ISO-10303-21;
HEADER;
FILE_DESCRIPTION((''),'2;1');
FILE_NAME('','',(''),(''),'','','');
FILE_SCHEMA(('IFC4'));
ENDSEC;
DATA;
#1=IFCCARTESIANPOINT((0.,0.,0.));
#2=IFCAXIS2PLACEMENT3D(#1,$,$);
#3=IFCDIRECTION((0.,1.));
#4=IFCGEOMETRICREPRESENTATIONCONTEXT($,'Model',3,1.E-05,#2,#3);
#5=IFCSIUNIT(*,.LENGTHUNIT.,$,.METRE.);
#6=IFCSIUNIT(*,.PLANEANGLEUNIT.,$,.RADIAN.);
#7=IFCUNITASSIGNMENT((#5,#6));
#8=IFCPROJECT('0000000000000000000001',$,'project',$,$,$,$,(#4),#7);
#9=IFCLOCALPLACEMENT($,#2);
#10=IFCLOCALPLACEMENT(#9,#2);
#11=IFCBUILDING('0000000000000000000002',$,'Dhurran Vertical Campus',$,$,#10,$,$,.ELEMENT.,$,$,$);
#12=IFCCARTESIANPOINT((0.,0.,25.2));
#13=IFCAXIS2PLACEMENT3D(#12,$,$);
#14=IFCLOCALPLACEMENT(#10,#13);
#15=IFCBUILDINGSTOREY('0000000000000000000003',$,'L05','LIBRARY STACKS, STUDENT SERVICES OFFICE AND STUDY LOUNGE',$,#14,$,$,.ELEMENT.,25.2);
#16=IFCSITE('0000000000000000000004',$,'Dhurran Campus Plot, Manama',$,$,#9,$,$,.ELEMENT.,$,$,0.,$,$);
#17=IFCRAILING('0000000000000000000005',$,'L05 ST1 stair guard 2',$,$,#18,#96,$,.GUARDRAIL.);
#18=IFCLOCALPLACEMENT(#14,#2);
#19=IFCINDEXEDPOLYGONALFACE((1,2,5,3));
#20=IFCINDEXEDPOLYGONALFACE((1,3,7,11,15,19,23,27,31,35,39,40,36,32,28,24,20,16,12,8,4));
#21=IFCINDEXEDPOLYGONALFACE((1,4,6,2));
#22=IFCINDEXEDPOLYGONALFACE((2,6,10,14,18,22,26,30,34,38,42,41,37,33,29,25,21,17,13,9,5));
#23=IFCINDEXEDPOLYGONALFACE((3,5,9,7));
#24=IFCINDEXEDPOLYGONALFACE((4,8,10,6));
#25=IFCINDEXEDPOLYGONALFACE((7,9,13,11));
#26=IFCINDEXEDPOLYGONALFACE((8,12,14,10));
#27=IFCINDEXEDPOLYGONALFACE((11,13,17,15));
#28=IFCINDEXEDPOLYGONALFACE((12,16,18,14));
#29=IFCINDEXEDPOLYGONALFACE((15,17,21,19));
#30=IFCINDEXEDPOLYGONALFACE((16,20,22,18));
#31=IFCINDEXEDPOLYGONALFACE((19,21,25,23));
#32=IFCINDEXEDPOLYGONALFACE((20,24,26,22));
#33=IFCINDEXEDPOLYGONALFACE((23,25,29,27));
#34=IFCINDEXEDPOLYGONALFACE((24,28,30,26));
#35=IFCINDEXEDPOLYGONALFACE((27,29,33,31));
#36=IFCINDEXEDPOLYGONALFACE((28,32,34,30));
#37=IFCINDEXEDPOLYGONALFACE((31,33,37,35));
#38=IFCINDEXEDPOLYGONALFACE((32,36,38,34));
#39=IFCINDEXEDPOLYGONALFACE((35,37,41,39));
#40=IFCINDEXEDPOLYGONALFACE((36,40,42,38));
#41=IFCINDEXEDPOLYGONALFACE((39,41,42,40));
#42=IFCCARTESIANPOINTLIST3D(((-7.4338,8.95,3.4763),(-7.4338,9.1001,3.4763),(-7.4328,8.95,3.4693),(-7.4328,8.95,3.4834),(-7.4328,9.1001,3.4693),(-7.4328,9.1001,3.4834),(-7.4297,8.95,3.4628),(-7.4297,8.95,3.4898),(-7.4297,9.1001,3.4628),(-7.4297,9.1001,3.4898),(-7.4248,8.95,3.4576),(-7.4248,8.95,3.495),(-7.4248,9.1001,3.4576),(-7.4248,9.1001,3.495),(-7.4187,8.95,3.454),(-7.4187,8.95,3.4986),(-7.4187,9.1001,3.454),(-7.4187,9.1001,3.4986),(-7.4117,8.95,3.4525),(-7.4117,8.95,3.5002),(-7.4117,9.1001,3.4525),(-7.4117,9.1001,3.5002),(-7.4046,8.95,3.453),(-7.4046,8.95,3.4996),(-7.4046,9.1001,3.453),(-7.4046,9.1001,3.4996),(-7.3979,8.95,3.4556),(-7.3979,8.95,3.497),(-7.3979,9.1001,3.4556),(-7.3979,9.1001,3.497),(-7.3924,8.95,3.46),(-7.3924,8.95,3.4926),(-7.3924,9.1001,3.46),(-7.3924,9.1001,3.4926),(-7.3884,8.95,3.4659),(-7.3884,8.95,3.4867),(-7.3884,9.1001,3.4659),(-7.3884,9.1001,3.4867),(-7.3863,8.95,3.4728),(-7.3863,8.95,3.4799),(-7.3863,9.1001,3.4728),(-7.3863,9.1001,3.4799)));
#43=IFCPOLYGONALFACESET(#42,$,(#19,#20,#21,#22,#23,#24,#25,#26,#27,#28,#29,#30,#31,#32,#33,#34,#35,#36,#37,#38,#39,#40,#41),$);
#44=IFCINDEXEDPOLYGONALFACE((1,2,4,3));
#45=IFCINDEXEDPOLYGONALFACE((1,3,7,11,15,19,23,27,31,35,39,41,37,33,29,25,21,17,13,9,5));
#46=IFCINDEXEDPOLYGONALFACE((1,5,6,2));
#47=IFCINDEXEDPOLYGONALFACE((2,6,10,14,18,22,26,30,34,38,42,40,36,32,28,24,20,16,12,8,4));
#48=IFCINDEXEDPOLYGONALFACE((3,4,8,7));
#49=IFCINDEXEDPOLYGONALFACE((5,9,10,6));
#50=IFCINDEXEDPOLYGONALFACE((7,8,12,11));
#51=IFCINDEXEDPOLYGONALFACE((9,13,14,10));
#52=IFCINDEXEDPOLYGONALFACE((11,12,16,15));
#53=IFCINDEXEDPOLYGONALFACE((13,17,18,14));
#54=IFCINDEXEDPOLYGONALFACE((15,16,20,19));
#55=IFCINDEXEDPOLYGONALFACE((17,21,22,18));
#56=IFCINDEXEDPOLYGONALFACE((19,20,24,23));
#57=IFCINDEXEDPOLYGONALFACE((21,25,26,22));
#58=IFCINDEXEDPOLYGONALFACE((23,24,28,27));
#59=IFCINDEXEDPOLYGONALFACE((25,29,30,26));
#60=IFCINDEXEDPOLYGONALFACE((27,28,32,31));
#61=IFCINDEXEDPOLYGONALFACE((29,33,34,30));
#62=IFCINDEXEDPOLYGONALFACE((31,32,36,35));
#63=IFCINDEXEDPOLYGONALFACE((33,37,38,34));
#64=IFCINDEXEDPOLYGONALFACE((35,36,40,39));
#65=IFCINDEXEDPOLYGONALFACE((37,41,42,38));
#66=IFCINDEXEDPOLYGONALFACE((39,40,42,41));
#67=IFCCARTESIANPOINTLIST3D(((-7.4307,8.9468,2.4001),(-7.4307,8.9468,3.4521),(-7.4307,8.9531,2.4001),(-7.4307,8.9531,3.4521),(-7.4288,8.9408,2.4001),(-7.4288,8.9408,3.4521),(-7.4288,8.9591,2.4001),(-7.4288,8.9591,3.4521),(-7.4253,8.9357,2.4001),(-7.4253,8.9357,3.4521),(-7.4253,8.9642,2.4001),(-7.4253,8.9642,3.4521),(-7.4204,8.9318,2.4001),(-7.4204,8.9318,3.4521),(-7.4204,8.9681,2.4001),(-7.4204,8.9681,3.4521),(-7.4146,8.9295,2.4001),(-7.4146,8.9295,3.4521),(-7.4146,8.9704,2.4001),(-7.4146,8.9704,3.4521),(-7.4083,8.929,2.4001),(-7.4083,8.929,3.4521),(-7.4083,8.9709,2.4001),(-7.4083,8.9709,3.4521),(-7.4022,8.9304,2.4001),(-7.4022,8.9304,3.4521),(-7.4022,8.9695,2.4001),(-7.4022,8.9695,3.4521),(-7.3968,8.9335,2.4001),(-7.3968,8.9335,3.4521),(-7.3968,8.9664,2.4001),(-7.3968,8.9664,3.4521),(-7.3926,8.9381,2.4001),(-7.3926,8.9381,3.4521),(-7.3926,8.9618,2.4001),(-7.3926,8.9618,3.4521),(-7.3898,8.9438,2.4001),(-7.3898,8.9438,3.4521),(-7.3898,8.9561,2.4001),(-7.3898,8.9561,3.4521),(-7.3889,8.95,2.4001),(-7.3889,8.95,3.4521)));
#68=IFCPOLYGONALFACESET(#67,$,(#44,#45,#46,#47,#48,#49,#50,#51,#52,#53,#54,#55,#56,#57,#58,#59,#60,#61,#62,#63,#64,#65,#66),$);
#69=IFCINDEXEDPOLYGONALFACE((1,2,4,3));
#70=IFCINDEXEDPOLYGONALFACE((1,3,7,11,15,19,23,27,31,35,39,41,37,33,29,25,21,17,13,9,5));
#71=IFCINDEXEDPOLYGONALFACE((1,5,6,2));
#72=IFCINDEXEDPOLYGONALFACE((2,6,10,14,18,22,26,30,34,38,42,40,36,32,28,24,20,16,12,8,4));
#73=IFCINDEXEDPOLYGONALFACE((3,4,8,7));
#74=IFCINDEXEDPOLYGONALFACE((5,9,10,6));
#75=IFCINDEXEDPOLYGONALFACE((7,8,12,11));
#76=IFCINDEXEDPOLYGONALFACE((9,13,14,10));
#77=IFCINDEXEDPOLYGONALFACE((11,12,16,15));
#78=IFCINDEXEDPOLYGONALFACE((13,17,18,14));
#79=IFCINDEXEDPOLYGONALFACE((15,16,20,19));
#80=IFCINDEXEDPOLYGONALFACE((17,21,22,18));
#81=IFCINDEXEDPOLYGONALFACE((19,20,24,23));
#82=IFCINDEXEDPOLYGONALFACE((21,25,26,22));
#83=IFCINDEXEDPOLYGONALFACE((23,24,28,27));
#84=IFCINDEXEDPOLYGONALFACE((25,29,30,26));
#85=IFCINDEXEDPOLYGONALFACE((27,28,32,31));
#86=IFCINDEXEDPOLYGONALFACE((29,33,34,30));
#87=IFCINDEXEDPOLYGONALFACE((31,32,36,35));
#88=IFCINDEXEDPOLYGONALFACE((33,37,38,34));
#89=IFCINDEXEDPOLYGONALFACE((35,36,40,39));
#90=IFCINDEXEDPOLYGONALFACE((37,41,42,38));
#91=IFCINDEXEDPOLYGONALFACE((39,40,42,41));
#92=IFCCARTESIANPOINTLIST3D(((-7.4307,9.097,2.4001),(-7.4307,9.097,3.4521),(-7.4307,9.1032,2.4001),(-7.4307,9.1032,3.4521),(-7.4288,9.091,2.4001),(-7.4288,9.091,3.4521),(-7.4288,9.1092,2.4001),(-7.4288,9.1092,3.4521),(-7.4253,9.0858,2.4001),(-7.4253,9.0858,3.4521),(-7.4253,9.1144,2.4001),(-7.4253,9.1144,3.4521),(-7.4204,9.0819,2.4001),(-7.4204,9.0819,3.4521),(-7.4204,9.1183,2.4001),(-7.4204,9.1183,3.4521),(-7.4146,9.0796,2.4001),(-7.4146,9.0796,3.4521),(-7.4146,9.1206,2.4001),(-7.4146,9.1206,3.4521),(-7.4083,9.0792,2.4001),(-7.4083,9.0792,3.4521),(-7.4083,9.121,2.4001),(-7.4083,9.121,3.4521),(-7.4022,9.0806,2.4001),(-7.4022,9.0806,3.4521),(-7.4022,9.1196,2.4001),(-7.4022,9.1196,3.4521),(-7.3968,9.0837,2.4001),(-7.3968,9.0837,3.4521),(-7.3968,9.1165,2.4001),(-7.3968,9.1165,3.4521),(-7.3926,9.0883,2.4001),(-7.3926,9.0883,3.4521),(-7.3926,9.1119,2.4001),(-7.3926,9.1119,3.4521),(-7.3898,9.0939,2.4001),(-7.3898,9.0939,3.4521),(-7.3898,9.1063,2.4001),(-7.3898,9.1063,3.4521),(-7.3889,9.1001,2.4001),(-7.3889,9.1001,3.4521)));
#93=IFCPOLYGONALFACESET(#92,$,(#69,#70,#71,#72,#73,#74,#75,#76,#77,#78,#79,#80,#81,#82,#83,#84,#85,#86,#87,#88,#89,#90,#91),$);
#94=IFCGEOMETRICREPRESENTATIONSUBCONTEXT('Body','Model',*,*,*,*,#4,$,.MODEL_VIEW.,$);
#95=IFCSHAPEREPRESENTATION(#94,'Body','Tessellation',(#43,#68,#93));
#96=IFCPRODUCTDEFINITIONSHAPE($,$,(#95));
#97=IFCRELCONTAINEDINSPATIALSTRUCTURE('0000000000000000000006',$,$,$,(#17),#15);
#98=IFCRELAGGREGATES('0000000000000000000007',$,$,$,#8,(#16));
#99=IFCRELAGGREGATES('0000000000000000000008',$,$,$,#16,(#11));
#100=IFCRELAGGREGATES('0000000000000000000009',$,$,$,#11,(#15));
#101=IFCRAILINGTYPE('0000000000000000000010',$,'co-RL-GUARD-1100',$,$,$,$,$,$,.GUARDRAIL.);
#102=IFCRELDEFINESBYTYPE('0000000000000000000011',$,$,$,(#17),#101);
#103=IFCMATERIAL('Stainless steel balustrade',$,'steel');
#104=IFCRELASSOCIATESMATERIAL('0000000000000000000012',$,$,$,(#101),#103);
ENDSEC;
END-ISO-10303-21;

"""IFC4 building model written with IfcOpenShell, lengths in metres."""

from ifc_helpers import new_model, si_unit, direction, frame, origin, origin_2d, place, context, subcontext, project, spatial, circle, extrude, material, type_object, element, save


model = new_model("IFC4")

# Units and contexts
model_context = context("Model", 3, precision=1e-05, world=origin(), true_north=direction((0.0, 1.0)))
body_context = subcontext(model_context, "Body", "Model", "MODEL_VIEW")
ifc_project = project(units=[si_unit("LENGTHUNIT", "METRE"), si_unit("PLANEANGLEUNIT", "RADIAN")], contexts=[model_context])

# Site, building, storey
site_placement = place(None, origin())
site = spatial("IfcSite", under=ifc_project, at=site_placement, Name="Dhurran Campus Plot, Manama", CompositionType="ELEMENT", RefElevation=0.0)
building_placement = place(site_placement, origin())
building = spatial("IfcBuilding", under=site, at=building_placement, Name="Dhurran Vertical Campus", CompositionType="ELEMENT")
storey_placement = place(building_placement, frame((0.0, 0.0, 25.2)))
storey = spatial("IfcBuildingStorey", under=building, at=storey_placement, Name="L05", Description="LIBRARY STACKS, STUDENT SERVICES OFFICE AND STUDY LOUNGE", CompositionType="ELEMENT", Elevation=25.2)

# Railing
ifc_material_1 = material(Name="Stainless steel balustrade", Category="steel")
railing_type_1 = type_object("IfcRailingType", Name="co-RL-GUARD-1100", PredefinedType="GUARDRAIL", material=ifc_material_1)
railing_1_placement = place(storey_placement, frame((-7.4099, 8.95, 2.4001)))
element("IfcRailing", 1, at=railing_1_placement, inside=storey, type_object=railing_type_1, Name="L05 ST1 stair guard 2", PredefinedType="GUARDRAIL", context=body_context, shape_type="SweptSolid", body=[
    extrude(circle(Radius=0.0239, at=origin_2d()), frame((0.0, 0.0, 1.0762), z_axis=(0.0, 1.0, 0.0), x_axis=(-1.0, 0.0, 0.0)), (0.0, 0.0, 1.0), 0.1501),
    extrude(circle(Radius=0.021, at=origin_2d()), origin(), (0.0, 0.0, 1.0), 1.052),
    extrude(circle(Radius=0.021, at=origin_2d()), frame((0.0, 0.1501, 0.0)), (0.0, 0.0, 1.0), 1.052),
])

save(model, "model.ifc")
